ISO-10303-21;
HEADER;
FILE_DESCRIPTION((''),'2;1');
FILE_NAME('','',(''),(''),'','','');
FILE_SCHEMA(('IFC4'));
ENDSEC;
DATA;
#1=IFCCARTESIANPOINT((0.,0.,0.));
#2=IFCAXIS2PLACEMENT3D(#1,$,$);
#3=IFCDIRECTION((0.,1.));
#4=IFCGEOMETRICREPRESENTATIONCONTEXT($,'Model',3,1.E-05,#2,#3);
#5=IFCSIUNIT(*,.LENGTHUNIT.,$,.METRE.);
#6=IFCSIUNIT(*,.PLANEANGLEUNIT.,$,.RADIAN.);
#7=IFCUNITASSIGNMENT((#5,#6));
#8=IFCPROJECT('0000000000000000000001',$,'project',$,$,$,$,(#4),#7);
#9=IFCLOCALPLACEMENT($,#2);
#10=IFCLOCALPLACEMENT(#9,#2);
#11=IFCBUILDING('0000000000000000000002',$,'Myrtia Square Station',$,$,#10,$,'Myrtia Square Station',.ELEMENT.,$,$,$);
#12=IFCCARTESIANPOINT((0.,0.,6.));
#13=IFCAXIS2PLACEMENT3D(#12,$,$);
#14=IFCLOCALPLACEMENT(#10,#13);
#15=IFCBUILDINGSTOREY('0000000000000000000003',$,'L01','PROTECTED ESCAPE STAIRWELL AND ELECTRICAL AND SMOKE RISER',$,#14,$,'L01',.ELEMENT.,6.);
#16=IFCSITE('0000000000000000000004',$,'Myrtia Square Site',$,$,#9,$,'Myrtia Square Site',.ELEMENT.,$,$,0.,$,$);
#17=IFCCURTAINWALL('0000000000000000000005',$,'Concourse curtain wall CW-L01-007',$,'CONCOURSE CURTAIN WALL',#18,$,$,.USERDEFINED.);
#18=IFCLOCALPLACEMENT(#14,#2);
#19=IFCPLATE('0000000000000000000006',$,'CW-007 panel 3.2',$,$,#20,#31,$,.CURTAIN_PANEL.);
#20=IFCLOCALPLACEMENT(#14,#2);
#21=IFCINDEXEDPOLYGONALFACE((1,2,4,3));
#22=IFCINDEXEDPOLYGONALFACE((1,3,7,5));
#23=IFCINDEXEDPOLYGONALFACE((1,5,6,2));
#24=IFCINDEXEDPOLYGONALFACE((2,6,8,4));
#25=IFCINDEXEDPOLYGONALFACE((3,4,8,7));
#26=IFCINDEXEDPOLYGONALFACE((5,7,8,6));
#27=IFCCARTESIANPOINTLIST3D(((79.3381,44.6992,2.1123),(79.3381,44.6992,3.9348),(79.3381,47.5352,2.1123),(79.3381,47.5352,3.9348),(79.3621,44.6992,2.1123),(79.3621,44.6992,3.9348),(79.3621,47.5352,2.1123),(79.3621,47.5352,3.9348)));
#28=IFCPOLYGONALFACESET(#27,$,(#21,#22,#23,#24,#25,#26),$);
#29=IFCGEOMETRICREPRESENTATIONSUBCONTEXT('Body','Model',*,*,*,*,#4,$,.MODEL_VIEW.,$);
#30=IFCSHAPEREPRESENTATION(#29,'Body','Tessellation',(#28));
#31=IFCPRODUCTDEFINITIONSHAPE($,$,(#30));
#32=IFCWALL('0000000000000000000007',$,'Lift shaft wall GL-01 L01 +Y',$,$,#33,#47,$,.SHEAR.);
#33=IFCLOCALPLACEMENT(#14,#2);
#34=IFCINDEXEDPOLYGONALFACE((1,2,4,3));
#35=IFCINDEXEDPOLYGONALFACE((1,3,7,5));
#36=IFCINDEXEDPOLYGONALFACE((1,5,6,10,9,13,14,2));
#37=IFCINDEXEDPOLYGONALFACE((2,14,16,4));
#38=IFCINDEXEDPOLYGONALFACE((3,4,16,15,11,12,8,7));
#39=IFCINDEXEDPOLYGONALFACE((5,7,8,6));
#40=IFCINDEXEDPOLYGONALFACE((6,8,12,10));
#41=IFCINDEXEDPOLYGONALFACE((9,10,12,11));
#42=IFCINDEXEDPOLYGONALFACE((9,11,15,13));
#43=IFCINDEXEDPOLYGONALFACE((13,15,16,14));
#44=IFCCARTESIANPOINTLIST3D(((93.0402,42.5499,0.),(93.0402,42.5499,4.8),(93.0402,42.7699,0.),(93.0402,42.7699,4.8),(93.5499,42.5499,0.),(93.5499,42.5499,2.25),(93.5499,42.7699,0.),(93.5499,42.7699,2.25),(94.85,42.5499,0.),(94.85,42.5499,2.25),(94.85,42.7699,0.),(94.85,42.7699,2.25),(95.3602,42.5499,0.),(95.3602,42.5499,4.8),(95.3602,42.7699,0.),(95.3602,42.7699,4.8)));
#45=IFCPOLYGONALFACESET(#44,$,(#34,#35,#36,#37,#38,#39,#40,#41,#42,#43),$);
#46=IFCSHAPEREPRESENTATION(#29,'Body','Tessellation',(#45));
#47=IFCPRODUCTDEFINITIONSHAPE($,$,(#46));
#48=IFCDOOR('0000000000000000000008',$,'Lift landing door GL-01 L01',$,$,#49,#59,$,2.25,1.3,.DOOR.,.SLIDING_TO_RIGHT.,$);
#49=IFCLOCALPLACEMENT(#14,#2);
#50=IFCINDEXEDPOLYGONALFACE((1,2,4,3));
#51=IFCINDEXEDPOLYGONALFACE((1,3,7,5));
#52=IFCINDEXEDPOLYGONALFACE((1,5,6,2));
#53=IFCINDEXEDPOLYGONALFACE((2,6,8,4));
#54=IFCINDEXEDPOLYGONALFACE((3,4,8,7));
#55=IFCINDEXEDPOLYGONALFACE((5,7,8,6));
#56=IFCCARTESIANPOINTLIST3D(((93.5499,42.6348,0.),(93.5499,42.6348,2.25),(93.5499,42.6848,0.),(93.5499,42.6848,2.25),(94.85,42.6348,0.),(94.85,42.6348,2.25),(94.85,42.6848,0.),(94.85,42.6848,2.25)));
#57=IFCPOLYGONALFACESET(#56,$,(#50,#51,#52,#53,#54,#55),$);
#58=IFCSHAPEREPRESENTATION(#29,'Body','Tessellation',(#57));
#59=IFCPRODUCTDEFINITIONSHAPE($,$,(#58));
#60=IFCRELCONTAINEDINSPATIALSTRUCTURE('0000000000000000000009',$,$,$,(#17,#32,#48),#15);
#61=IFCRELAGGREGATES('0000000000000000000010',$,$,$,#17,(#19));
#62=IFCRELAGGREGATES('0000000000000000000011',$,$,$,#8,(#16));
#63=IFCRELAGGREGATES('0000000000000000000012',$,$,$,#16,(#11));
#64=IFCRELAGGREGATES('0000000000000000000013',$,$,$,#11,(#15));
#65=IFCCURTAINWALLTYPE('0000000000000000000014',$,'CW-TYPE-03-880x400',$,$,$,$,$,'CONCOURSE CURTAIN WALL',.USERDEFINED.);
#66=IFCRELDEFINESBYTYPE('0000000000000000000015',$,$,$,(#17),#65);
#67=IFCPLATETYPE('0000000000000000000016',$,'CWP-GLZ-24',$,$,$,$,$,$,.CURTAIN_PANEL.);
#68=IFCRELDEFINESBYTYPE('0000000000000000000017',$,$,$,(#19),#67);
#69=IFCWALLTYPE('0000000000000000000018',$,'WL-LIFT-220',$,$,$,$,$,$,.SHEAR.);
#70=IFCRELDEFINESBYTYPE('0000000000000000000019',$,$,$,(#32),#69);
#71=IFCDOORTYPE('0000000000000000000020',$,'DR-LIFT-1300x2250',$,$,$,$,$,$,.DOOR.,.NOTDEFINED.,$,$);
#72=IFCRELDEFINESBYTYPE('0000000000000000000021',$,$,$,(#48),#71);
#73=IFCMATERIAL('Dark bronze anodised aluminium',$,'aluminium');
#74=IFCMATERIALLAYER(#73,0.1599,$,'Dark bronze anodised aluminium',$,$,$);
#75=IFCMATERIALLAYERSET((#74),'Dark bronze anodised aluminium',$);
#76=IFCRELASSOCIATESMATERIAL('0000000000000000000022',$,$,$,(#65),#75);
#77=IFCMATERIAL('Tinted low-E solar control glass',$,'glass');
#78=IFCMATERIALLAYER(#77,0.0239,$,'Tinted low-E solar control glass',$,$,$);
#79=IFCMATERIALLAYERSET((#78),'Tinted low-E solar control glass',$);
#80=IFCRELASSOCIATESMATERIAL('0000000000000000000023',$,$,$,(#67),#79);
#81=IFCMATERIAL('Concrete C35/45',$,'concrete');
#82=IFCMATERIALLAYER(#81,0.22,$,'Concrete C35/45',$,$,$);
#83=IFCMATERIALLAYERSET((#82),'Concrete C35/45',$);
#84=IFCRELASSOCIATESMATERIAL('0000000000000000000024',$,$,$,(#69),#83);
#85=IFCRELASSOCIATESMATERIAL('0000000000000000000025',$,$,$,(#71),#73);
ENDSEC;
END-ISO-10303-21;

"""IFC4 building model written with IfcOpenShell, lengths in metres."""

from ifc_helpers import new_model, si_unit, direction, frame, frame_2d, origin, origin_2d, place, context, subcontext, project, spatial, rectangle, extrude, material, layer, layer_set, type_object, element, fill, aggregate, save


model = new_model("IFC4")

# Units and contexts
model_context = context("Model", 3, precision=1e-05, world=origin(), true_north=direction((0.0, 1.0)))
body_context = subcontext(model_context, "Body", "Model", "MODEL_VIEW")
ifc_project = project(units=[si_unit("LENGTHUNIT", "METRE"), si_unit("PLANEANGLEUNIT", "RADIAN")], contexts=[model_context])

# Site, building, storey
site_placement = place(None, origin())
site = spatial("IfcSite", under=ifc_project, at=site_placement, Name="Myrtia Square Site", LongName="Myrtia Square Site", CompositionType="ELEMENT", RefElevation=0.0)
building_placement = place(site_placement, origin())
building = spatial("IfcBuilding", under=site, at=building_placement, Name="Myrtia Square Station", LongName="Myrtia Square Station", CompositionType="ELEMENT")
storey_placement = place(building_placement, frame((0.0, 0.0, 6.0)))
storey = spatial("IfcBuildingStorey", under=building, at=storey_placement, Name="L01", Description="PROTECTED ESCAPE STAIRWELL AND ELECTRICAL AND SMOKE RISER", LongName="L01", CompositionType="ELEMENT", Elevation=6.0)

# Curtain wall, plate
ifc_material_1 = material(Name="Dark bronze anodised aluminium", Category="aluminium")
ifc_layer_1 = layer(ifc_material_1, 0.1599, Name="Dark bronze anodised aluminium")
ifc_layer_set_1 = layer_set([ifc_layer_1], Name="Dark bronze anodised aluminium")
curtain_wall_type = type_object("IfcCurtainWallType", Name="CW-TYPE-03-880x400", ElementType="CONCOURSE CURTAIN WALL", PredefinedType="USERDEFINED", material=ifc_layer_set_1)
curtain_wall_placement = place(storey_placement, origin())
curtain_wall = element("IfcCurtainWall", 1, at=curtain_wall_placement, inside=storey, type_object=curtain_wall_type, Name="Concourse curtain wall CW-L01-007", ObjectType="CONCOURSE CURTAIN WALL", PredefinedType="USERDEFINED")
ifc_material_2 = material(Name="Tinted low-E solar control glass", Category="glass")
ifc_layer_2 = layer(ifc_material_2, 0.0239, Name="Tinted low-E solar control glass")
ifc_layer_set_2 = layer_set([ifc_layer_2], Name="Tinted low-E solar control glass")
plate_type = type_object("IfcPlateType", Name="CWP-GLZ-24", PredefinedType="CURTAIN_PANEL", material=ifc_layer_set_2)
plate_1_placement = place(storey_placement, frame((79.3501, 46.1172, 2.1123), z_axis=(0.0, 0.0, 1.0), x_axis=(0.0, 1.0, 0.0)))
plate_1 = element("IfcPlate", 2, at=plate_1_placement, type_object=plate_type, Name="CW-007 panel 3.2", PredefinedType="CURTAIN_PANEL", context=body_context, shape_type="SweptSolid", body=[
    extrude(rectangle(XDim=2.8359, YDim=0.0239, at=origin_2d()), origin(), (0.0, 0.0, 1.0), 1.8225),
])
aggregate(curtain_wall, [plate_1])

# Wall, opening, door
ifc_material_3 = material(Name="Concrete C35/45", Category="concrete")
ifc_layer_3 = layer(ifc_material_3, 0.22, Name="Concrete C35/45")
ifc_layer_set_3 = layer_set([ifc_layer_3], Name="Concrete C35/45")
wall_type = type_object("IfcWallType", Name="WL-LIFT-220", PredefinedType="SHEAR", material=ifc_layer_set_3)
wall_placement = place(storey_placement, frame((93.04, 42.6599, 0.0), z_axis=(0.0, 0.0, 1.0), x_axis=(1.0, 0.0, 0.0)))
wall = element("IfcWall", 3, at=wall_placement, inside=storey, type_object=wall_type, Name="Lift shaft wall GL-01 L01 +Y", PredefinedType="SHEAR", context=body_context, shape_type="SweptSolid", body=[
    extrude(rectangle(XDim=2.3201, YDim=0.22, at=frame_2d((1.1602, 0.0))), origin(), (0.0, 0.0, 1.0), 4.8),
])
opening_placement = place(wall_placement, frame((0.51, 0.0, 0.0)))
opening = element("IfcOpeningElement", 4, at=opening_placement, cuts=wall, PredefinedType="OPENING", context=body_context, shape_type="SweptSolid", body=[
    extrude(rectangle(XDim=1.3, YDim=2.25, at=frame_2d((0.6499, 1.125))), frame((0.0, 0.125, 0.0), z_axis=(0.0, -1.0, 0.0), x_axis=(1.0, 0.0, 0.0)), (0.0, 0.0, 1.0), 0.25),
])
door_type = type_object("IfcDoorType", Name="DR-LIFT-1300x2250", OperationType="NOTDEFINED", PredefinedType="DOOR", material=ifc_material_1)
door_placement = place(opening_placement, origin())
door = element("IfcDoor", 5, at=door_placement, inside=storey, type_object=door_type, Name="Lift landing door GL-01 L01", OperationType="SLIDING_TO_RIGHT", OverallHeight=2.25, OverallWidth=1.3, PredefinedType="DOOR", context=body_context, shape_type="SweptSolid", body=[
    extrude(rectangle(XDim=1.3, YDim=2.25, at=frame_2d((0.6499, 1.125))), frame((0.0, 0.0249, 0.0), z_axis=(0.0, -1.0, 0.0), x_axis=(1.0, 0.0, 0.0)), (0.0, 0.0, 1.0), 0.05),
])
fill(opening, door)

save(model, "model.ifc")
